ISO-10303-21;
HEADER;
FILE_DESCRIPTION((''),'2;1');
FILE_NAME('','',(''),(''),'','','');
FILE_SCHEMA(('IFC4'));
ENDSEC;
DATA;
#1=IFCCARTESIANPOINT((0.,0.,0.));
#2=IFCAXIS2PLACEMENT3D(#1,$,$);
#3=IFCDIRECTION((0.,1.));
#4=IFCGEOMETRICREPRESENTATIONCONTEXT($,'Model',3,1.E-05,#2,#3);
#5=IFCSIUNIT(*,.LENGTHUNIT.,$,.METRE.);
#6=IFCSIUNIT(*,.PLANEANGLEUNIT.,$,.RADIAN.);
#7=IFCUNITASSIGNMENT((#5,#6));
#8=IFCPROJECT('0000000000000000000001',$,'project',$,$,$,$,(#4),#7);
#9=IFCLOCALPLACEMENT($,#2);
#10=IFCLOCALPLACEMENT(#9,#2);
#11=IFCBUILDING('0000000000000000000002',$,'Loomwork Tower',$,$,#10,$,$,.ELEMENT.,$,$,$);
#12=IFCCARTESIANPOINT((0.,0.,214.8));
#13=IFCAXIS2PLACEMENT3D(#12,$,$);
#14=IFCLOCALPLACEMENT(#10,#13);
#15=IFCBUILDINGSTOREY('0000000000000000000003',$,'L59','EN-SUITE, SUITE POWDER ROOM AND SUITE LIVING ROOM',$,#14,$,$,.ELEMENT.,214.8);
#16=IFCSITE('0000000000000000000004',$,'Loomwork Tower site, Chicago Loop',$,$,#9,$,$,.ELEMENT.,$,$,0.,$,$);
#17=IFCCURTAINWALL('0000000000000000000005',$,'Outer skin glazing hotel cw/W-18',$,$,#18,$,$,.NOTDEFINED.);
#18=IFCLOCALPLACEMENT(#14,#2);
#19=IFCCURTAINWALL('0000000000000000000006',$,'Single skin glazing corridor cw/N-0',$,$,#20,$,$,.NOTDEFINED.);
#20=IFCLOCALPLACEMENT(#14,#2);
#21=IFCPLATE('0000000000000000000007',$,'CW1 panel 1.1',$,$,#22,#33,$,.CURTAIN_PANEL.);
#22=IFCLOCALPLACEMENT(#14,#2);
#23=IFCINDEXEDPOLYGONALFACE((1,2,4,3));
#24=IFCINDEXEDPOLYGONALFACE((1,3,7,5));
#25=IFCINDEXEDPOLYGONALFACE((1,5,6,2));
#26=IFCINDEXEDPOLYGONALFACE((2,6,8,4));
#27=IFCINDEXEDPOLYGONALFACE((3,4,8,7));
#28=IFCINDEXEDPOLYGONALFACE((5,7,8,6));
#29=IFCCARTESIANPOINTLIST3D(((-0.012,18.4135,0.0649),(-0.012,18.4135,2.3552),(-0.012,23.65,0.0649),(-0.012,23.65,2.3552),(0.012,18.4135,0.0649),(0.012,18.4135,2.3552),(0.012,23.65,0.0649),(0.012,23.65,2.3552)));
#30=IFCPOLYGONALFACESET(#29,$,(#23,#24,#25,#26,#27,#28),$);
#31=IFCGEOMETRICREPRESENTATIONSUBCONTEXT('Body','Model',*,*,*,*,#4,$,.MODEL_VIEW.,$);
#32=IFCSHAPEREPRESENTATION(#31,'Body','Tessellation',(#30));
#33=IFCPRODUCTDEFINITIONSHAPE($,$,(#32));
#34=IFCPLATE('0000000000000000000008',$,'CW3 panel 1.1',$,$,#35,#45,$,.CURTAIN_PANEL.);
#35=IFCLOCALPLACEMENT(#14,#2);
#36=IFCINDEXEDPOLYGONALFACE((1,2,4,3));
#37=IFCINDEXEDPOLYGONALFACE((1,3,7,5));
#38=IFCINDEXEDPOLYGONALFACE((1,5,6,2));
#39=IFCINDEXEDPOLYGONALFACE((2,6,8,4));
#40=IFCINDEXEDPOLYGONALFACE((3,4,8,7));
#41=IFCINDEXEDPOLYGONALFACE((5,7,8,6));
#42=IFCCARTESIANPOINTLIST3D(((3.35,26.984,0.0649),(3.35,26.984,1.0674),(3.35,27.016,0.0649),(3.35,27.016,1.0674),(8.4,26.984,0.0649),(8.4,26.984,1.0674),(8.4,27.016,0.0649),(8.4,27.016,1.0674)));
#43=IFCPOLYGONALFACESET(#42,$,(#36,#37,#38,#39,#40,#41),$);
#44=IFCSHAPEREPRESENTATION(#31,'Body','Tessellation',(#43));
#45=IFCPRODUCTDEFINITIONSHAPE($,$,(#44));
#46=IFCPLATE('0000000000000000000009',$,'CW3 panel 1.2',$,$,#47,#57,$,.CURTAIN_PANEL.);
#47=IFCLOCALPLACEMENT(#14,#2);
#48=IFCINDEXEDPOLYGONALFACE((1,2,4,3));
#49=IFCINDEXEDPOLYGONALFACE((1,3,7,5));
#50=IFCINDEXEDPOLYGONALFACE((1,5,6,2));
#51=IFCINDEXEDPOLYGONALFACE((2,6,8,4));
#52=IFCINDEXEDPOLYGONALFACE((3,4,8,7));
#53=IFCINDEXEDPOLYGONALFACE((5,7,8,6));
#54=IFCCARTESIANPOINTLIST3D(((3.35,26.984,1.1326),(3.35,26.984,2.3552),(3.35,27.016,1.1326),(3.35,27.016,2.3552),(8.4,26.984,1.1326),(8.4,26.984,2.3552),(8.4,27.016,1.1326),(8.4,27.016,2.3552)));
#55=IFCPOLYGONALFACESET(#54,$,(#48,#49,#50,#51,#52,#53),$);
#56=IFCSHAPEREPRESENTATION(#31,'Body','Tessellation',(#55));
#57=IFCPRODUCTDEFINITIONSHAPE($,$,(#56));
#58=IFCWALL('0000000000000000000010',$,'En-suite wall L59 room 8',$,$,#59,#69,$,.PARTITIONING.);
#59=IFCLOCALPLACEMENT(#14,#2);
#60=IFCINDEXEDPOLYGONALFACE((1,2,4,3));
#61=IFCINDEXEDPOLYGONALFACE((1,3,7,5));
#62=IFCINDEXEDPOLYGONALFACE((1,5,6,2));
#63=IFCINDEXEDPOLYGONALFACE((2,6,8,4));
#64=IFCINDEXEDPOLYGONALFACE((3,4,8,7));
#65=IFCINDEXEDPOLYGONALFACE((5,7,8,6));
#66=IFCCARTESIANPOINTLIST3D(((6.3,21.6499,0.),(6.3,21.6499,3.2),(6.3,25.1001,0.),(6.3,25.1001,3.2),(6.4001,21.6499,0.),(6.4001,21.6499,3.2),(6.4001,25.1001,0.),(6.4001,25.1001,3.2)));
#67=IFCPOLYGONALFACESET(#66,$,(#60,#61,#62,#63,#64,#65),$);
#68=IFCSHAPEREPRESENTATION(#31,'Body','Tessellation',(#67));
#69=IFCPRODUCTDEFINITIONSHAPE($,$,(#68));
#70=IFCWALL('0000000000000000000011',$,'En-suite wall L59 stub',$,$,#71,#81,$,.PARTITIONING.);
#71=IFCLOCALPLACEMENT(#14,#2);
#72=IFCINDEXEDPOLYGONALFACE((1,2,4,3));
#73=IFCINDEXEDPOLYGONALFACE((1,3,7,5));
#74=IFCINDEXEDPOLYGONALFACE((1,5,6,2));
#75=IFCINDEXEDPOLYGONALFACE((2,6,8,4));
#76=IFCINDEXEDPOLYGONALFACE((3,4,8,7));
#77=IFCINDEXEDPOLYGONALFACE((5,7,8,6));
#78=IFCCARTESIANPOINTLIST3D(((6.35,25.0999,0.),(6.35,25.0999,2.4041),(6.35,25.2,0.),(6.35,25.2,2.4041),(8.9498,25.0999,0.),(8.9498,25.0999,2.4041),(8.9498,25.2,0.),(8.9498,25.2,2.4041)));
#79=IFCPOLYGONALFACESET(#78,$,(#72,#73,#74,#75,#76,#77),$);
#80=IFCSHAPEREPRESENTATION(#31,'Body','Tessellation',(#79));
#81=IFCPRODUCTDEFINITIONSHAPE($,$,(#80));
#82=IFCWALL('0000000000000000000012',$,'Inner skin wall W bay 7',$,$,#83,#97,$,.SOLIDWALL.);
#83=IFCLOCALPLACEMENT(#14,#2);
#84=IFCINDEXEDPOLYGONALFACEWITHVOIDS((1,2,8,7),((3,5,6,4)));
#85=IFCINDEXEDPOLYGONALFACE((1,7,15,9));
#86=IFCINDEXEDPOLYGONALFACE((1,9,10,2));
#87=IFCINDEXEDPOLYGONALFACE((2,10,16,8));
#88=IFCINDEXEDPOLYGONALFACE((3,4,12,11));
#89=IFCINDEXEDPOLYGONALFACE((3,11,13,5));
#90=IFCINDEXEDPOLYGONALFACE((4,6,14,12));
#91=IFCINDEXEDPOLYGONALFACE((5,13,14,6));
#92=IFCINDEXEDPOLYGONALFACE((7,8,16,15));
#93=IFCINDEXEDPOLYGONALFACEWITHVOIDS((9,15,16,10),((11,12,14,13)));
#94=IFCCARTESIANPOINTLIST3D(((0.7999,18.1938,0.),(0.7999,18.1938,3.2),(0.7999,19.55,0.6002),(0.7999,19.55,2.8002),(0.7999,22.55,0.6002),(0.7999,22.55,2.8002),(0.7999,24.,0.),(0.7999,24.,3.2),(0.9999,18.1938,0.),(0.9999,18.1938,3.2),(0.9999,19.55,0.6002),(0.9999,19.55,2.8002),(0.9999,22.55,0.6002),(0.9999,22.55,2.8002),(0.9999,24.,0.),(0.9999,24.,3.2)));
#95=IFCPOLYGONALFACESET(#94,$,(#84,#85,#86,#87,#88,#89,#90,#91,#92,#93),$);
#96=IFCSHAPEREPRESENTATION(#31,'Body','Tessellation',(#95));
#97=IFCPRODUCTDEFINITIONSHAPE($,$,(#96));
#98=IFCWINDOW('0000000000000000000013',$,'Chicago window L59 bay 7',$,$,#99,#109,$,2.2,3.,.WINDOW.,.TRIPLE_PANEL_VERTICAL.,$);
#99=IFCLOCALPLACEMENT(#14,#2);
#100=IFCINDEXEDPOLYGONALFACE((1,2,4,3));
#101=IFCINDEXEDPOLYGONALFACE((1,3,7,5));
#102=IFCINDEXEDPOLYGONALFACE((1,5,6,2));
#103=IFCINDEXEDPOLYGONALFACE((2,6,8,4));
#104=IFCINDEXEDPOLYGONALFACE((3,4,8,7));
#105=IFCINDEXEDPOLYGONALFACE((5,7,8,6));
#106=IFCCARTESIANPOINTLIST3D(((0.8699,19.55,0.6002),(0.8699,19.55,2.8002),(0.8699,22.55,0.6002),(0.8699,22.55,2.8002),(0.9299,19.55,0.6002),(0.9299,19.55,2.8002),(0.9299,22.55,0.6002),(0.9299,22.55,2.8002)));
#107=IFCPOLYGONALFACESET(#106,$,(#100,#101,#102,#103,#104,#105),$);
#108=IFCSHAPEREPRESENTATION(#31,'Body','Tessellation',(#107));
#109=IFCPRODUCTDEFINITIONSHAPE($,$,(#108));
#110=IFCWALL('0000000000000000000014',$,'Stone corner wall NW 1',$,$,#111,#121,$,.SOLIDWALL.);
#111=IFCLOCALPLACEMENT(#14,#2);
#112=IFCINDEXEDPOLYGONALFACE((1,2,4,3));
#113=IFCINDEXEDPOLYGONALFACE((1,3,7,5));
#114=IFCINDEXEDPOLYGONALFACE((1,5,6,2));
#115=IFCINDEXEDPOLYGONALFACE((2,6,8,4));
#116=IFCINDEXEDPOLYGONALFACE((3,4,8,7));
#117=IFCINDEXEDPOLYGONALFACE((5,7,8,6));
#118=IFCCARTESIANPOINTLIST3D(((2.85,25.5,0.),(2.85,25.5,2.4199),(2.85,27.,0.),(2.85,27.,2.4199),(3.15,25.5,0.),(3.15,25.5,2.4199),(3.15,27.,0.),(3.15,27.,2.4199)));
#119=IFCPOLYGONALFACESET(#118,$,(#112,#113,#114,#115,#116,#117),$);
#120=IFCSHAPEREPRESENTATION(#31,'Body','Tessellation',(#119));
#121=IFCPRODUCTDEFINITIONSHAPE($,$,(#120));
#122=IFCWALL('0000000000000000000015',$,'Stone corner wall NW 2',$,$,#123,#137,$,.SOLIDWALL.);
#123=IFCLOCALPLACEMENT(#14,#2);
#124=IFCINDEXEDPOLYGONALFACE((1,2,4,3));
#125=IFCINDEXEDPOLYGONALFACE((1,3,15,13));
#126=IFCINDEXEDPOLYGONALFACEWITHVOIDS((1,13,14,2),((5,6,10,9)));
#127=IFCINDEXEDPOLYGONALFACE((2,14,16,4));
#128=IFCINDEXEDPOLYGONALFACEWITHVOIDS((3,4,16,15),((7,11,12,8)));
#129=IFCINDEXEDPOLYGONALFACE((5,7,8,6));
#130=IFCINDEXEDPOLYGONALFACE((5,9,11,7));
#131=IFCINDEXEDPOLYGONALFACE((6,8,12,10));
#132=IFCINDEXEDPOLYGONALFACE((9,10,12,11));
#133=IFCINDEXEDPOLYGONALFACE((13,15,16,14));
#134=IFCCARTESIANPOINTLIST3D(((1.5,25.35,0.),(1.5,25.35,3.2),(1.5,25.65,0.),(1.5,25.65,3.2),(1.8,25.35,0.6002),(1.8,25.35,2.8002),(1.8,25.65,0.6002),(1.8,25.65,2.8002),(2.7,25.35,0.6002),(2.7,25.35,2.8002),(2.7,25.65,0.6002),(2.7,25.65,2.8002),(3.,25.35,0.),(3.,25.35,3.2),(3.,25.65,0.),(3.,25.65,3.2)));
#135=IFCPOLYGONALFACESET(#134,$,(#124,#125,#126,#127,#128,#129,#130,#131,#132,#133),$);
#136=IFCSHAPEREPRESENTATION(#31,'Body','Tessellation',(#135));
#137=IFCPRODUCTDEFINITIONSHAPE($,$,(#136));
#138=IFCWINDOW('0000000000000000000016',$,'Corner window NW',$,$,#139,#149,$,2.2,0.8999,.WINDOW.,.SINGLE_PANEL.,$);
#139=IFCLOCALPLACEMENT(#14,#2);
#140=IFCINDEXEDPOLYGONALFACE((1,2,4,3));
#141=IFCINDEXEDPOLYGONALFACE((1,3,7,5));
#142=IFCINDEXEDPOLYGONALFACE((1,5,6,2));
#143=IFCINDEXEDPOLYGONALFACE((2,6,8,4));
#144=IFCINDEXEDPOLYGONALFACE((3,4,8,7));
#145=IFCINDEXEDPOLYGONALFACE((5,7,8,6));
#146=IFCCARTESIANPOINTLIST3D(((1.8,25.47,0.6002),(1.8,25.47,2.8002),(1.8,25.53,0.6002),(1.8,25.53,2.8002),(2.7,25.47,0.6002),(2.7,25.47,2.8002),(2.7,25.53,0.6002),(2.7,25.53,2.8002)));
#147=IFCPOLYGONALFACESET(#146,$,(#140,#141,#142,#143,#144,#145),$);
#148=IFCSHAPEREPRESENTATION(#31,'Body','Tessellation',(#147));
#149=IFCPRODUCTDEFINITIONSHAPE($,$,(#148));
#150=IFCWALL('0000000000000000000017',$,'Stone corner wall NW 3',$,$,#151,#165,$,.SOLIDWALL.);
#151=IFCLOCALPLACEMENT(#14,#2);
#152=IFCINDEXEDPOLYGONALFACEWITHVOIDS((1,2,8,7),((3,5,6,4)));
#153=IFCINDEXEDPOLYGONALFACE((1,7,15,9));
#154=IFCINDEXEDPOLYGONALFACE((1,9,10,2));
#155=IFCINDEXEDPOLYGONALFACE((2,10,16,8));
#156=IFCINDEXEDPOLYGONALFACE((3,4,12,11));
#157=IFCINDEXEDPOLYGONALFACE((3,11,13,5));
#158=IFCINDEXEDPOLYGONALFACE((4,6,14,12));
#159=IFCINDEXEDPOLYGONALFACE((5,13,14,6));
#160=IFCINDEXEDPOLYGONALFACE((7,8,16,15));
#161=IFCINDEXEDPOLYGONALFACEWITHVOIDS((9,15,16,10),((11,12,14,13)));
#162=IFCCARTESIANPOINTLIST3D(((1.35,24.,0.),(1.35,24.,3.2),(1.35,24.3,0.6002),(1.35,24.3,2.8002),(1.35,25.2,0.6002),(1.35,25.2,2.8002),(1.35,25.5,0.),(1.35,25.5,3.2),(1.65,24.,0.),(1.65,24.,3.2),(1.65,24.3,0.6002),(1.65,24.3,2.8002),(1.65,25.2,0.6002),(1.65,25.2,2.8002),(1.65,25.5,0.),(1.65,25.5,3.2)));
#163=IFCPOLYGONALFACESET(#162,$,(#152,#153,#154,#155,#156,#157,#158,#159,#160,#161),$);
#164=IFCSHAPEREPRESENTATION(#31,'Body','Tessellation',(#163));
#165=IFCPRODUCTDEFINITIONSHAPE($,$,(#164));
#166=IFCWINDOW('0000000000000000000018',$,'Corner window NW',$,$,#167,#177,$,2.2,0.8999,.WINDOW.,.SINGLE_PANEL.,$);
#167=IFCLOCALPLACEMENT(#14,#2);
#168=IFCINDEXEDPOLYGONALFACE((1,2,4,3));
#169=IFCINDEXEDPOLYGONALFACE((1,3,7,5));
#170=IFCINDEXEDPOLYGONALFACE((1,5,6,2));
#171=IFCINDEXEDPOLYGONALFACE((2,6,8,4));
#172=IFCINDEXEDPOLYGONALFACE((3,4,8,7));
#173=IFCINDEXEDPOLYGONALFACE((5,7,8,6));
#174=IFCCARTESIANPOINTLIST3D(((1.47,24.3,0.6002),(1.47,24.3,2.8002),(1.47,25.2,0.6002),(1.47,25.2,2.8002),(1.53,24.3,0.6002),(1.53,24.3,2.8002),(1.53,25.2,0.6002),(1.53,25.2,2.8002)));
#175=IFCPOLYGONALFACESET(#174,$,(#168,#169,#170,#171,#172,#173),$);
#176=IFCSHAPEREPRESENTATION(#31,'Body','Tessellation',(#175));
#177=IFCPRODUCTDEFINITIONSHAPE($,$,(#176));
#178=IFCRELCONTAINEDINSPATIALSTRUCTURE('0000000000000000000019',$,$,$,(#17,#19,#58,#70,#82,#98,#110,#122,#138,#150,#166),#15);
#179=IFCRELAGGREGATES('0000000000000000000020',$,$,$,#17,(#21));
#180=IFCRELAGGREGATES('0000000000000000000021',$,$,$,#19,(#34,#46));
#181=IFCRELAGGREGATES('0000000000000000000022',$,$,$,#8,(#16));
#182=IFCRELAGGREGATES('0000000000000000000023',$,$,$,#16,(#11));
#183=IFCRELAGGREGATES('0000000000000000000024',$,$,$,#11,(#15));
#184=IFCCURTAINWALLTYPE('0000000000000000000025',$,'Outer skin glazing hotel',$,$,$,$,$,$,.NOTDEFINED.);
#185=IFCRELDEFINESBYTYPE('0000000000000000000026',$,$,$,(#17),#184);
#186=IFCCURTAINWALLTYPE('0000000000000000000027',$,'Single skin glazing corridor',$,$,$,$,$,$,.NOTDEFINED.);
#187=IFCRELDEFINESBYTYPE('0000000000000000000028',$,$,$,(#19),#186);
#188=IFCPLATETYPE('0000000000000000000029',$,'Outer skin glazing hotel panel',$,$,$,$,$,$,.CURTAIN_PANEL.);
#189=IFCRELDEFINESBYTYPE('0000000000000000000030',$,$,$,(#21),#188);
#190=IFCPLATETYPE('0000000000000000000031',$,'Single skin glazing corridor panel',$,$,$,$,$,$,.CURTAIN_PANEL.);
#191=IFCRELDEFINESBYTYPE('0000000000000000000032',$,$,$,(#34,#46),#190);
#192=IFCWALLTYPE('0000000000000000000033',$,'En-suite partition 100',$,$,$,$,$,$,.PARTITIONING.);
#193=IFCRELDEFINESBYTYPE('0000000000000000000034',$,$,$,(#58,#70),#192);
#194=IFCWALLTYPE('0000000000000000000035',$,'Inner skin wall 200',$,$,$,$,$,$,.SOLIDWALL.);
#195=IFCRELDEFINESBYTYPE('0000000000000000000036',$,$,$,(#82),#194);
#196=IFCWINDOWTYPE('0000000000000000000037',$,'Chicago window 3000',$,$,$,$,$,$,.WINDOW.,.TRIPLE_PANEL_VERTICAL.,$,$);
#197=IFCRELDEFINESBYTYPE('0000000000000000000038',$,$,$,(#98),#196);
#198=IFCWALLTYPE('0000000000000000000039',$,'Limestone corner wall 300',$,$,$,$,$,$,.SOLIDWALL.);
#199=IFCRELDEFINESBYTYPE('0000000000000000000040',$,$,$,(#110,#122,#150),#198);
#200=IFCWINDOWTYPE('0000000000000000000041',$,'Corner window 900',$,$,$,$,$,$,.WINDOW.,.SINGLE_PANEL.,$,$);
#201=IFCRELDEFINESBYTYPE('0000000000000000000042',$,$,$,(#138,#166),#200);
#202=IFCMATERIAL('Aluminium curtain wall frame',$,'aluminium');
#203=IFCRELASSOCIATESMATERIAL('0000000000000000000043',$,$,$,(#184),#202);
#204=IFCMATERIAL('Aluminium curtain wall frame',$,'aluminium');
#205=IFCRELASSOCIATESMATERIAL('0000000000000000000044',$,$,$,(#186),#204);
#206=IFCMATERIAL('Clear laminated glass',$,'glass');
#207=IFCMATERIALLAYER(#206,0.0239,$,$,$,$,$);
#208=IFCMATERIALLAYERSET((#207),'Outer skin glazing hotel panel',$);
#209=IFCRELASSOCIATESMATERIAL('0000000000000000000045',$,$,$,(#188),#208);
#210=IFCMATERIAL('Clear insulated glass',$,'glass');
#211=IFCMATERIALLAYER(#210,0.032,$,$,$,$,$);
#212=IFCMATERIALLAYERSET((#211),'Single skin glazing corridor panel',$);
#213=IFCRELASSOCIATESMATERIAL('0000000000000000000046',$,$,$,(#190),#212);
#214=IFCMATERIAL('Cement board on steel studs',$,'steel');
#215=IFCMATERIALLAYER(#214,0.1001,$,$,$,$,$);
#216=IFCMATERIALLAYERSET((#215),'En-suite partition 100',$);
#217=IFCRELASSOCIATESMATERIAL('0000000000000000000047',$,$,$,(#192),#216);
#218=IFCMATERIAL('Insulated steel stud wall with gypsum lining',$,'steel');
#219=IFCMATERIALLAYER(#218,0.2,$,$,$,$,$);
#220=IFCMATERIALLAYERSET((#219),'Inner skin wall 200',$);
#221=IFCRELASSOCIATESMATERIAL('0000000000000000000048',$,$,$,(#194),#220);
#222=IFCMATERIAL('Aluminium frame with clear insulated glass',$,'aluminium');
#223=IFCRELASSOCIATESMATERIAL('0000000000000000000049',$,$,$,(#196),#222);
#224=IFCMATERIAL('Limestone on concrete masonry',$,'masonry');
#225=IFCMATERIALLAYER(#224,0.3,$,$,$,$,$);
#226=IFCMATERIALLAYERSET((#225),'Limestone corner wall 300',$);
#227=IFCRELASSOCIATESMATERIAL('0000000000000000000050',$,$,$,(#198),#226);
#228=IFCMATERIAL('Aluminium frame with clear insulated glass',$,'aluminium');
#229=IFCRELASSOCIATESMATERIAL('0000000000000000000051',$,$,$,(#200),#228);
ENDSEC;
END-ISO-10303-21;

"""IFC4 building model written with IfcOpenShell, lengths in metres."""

from ifc_helpers import new_model, si_unit, direction, frame, frame_2d, origin, origin_2d, place, context, subcontext, project, spatial, rectangle, extrude, material, layer, layer_set, type_object, element, fill, aggregate, save


model = new_model("IFC4")

# Units and contexts
model_context = context("Model", 3, precision=1e-05, world=origin(), true_north=direction((0.0, 1.0)))
body_context = subcontext(model_context, "Body", "Model", "MODEL_VIEW")
ifc_project = project(units=[si_unit("LENGTHUNIT", "METRE"), si_unit("PLANEANGLEUNIT", "RADIAN")], contexts=[model_context])

# Site, building, storey
site_placement = place(None, origin())
site = spatial("IfcSite", under=ifc_project, at=site_placement, Name="Loomwork Tower site, Chicago Loop", CompositionType="ELEMENT", RefElevation=0.0)
building_placement = place(site_placement, origin())
building = spatial("IfcBuilding", under=site, at=building_placement, Name="Loomwork Tower", CompositionType="ELEMENT")
storey_placement = place(building_placement, frame((0.0, 0.0, 214.8)))
storey = spatial("IfcBuildingStorey", under=building, at=storey_placement, Name="L59", Description="EN-SUITE, SUITE POWDER ROOM AND SUITE LIVING ROOM", CompositionType="ELEMENT", Elevation=214.8)

# Curtain wall
ifc_material_1 = material(Name="Aluminium curtain wall frame", Category="aluminium")
curtain_wall_type_1 = type_object("IfcCurtainWallType", Name="Outer skin glazing hotel", PredefinedType="NOTDEFINED", material=ifc_material_1)
curtain_wall_1_placement = place(storey_placement, origin())
curtain_wall_1 = element("IfcCurtainWall", 1, at=curtain_wall_1_placement, inside=storey, type_object=curtain_wall_type_1, Name="Outer skin glazing hotel cw/W-18", PredefinedType="NOTDEFINED")

# Curtain wall
ifc_material_2 = material(Name="Aluminium curtain wall frame", Category="aluminium")
curtain_wall_type_2 = type_object("IfcCurtainWallType", Name="Single skin glazing corridor", PredefinedType="NOTDEFINED", material=ifc_material_2)
curtain_wall_2_placement = place(storey_placement, origin())
curtain_wall_2 = element("IfcCurtainWall", 2, at=curtain_wall_2_placement, inside=storey, type_object=curtain_wall_type_2, Name="Single skin glazing corridor cw/N-0", PredefinedType="NOTDEFINED")

# Plates
ifc_material_3 = material(Name="Clear laminated glass", Category="glass")
ifc_layer_1 = layer(ifc_material_3, 0.0239)
ifc_layer_set_1 = layer_set([ifc_layer_1], Name="Outer skin glazing hotel panel")
plate_type_1 = type_object("IfcPlateType", Name="Outer skin glazing hotel panel", PredefinedType="CURTAIN_PANEL", material=ifc_layer_set_1)
plate_1_placement = place(storey_placement, frame((0.0, 21.0317, 0.0649), z_axis=(0.0, 0.0, 1.0), x_axis=(0.0, -1.0, 0.0)))
plate_1 = element("IfcPlate", 3, at=plate_1_placement, type_object=plate_type_1, Name="CW1 panel 1.1", PredefinedType="CURTAIN_PANEL", context=body_context, shape_type="SweptSolid", body=[
    extrude(rectangle(XDim=5.2366, YDim=0.0239, at=origin_2d()), origin(), (0.0, 0.0, 1.0), 2.2903),
])
aggregate(curtain_wall_1, [plate_1])
ifc_material_4 = material(Name="Clear insulated glass", Category="glass")
ifc_layer_2 = layer(ifc_material_4, 0.032)
ifc_layer_set_2 = layer_set([ifc_layer_2], Name="Single skin glazing corridor panel")
plate_type_2 = type_object("IfcPlateType", Name="Single skin glazing corridor panel", PredefinedType="CURTAIN_PANEL", material=ifc_layer_set_2)
plate_2_placement = place(storey_placement, frame((5.875, 27.0, 0.0649), z_axis=(0.0, 0.0, 1.0), x_axis=(-1.0, 0.0, 0.0)))
plate_2 = element("IfcPlate", 4, at=plate_2_placement, type_object=plate_type_2, Name="CW3 panel 1.1", PredefinedType="CURTAIN_PANEL", context=body_context, shape_type="SweptSolid", body=[
    extrude(rectangle(XDim=5.05, YDim=0.032, at=origin_2d()), origin(), (0.0, 0.0, 1.0), 1.0024),
])
plate_3_placement = place(storey_placement, frame((5.875, 27.0, 1.1326), z_axis=(0.0, 0.0, 1.0), x_axis=(-1.0, 0.0, 0.0)))
plate_3 = element("IfcPlate", 5, at=plate_3_placement, type_object=plate_type_2, Name="CW3 panel 1.2", PredefinedType="CURTAIN_PANEL", context=body_context, shape_type="SweptSolid", body=[
    extrude(rectangle(XDim=5.05, YDim=0.032, at=origin_2d()), origin(), (0.0, 0.0, 1.0), 1.2227),
])
aggregate(curtain_wall_2, [plate_2, plate_3])

# Walls
ifc_material_5 = material(Name="Cement board on steel studs", Category="steel")
ifc_layer_3 = layer(ifc_material_5, 0.1001)
ifc_layer_set_3 = layer_set([ifc_layer_3], Name="En-suite partition 100")
wall_type_1 = type_object("IfcWallType", Name="En-suite partition 100", PredefinedType="PARTITIONING", material=ifc_layer_set_3)
wall_1_placement = place(storey_placement, frame((6.3501, 21.6499, 0.0), z_axis=(0.0, 0.0, 1.0), x_axis=(0.0, 1.0, 0.0)))
element("IfcWall", 6, at=wall_1_placement, inside=storey, type_object=wall_type_1, Name="En-suite wall L59 room 8", PredefinedType="PARTITIONING", context=body_context, shape_type="SweptSolid", body=[
    extrude(rectangle(XDim=3.4502, YDim=0.1001, at=frame_2d((1.7251, 0.0))), origin(), (0.0, 0.0, 1.0), 3.2),
])
wall_2_placement = place(storey_placement, frame((6.3501, 25.1499, 0.0), z_axis=(0.0, 0.0, 1.0), x_axis=(1.0, 0.0, 0.0)))
element("IfcWall", 7, at=wall_2_placement, inside=storey, type_object=wall_type_1, Name="En-suite wall L59 stub", PredefinedType="PARTITIONING", context=body_context, shape_type="SweptSolid", body=[
    extrude(rectangle(XDim=2.5999, YDim=0.1001, at=frame_2d((1.2998, 0.0))), origin(), (0.0, 0.0, 1.0), 2.4041),
])

# Wall, opening, window
ifc_material_6 = material(Name="Insulated steel stud wall with gypsum lining", Category="steel")
ifc_layer_4 = layer(ifc_material_6, 0.2)
ifc_layer_set_4 = layer_set([ifc_layer_4], Name="Inner skin wall 200")
wall_type_2 = type_object("IfcWallType", Name="Inner skin wall 200", PredefinedType="SOLIDWALL", material=ifc_layer_set_4)
wall_3_placement = place(storey_placement, frame((0.8999, 18.1938, 0.0), z_axis=(0.0, 0.0, 1.0), x_axis=(0.0, 1.0, 0.0)))
wall_3 = element("IfcWall", 8, at=wall_3_placement, inside=storey, type_object=wall_type_2, Name="Inner skin wall W bay 7", PredefinedType="SOLIDWALL", context=body_context, shape_type="SweptSolid", body=[
    extrude(rectangle(XDim=5.8062, YDim=0.2, at=frame_2d((2.9031, 0.0))), origin(), (0.0, 0.0, 1.0), 3.2),
])
opening_1_placement = place(wall_3_placement, frame((1.3562, 0.0, 0.6001)))
opening_1 = element("IfcOpeningElement", 9, at=opening_1_placement, cuts=wall_3, PredefinedType="OPENING", context=body_context, shape_type="SweptSolid", body=[
    extrude(rectangle(XDim=3.0, YDim=2.2, at=frame_2d((1.5, 1.1001))), frame((0.0, 0.1099, 0.0), z_axis=(0.0, -1.0, 0.0), x_axis=(1.0, 0.0, 0.0)), (0.0, 0.0, 1.0), 0.22),
])
ifc_material_7 = material(Name="Aluminium frame with clear insulated glass", Category="aluminium")
window_type_1 = type_object("IfcWindowType", Name="Chicago window 3000", PartitioningType="TRIPLE_PANEL_VERTICAL", PredefinedType="WINDOW", material=ifc_material_7)
window_1_placement = place(opening_1_placement, origin())
window_1 = element("IfcWindow", 10, at=window_1_placement, inside=storey, type_object=window_type_1, Name="Chicago window L59 bay 7", OverallHeight=2.2, OverallWidth=3.0, PartitioningType="TRIPLE_PANEL_VERTICAL", PredefinedType="WINDOW", context=body_context, shape_type="SweptSolid", body=[
    extrude(rectangle(XDim=3.0, YDim=2.2, at=frame_2d((1.5, 1.1001))), frame((0.0, 0.03, 0.0), z_axis=(0.0, -1.0, 0.0), x_axis=(1.0, 0.0, 0.0)), (0.0, 0.0, 1.0), 0.0601),
])
fill(opening_1, window_1)

# Wall
ifc_material_8 = material(Name="Limestone on concrete masonry", Category="masonry")
ifc_layer_5 = layer(ifc_material_8, 0.3)
ifc_layer_set_5 = layer_set([ifc_layer_5], Name="Limestone corner wall 300")
wall_type_3 = type_object("IfcWallType", Name="Limestone corner wall 300", PredefinedType="SOLIDWALL", material=ifc_layer_set_5)
wall_4_placement = place(storey_placement, frame((3.0, 27.0, 0.0), z_axis=(0.0, 0.0, 1.0), x_axis=(0.0, -1.0, 0.0)))
element("IfcWall", 11, at=wall_4_placement, inside=storey, type_object=wall_type_3, Name="Stone corner wall NW 1", PredefinedType="SOLIDWALL", context=body_context, shape_type="SweptSolid", body=[
    extrude(rectangle(XDim=1.5, YDim=0.3, at=frame_2d((0.75, 0.0))), origin(), (0.0, 0.0, 1.0), 2.4199),
])

# Walls, openings, windows
wall_5_placement = place(storey_placement, frame((3.0, 25.5, 0.0), z_axis=(0.0, 0.0, 1.0), x_axis=(-1.0, 0.0, 0.0)))
wall_5 = element("IfcWall", 12, at=wall_5_placement, inside=storey, type_object=wall_type_3, Name="Stone corner wall NW 2", PredefinedType="SOLIDWALL", context=body_context, shape_type="SweptSolid", body=[
    extrude(rectangle(XDim=1.5, YDim=0.3, at=frame_2d((0.75, 0.0))), origin(), (0.0, 0.0, 1.0), 3.2),
])
opening_2_placement = place(wall_5_placement, frame((0.3, 0.0, 0.6001)))
opening_2 = element("IfcOpeningElement", 13, at=opening_2_placement, cuts=wall_5, PredefinedType="OPENING", context=body_context, shape_type="SweptSolid", body=[
    extrude(rectangle(XDim=0.8999, YDim=2.2, at=frame_2d((0.45, 1.1001))), frame((0.0, 0.1599, 0.0), z_axis=(0.0, -1.0, 0.0), x_axis=(1.0, 0.0, 0.0)), (0.0, 0.0, 1.0), 0.3201),
])
ifc_material_9 = material(Name="Aluminium frame with clear insulated glass", Category="aluminium")
window_type_2 = type_object("IfcWindowType", Name="Corner window 900", PartitioningType="SINGLE_PANEL", PredefinedType="WINDOW", material=ifc_material_9)
window_2_placement = place(opening_2_placement, origin())
window_2 = element("IfcWindow", 14, at=window_2_placement, inside=storey, type_object=window_type_2, Name="Corner window NW", OverallHeight=2.2, OverallWidth=0.8999, PartitioningType="SINGLE_PANEL", PredefinedType="WINDOW", context=body_context, shape_type="SweptSolid", body=[
    extrude(rectangle(XDim=0.8999, YDim=2.2, at=frame_2d((0.45, 1.1001))), frame((0.0, 0.03, 0.0), z_axis=(0.0, -1.0, 0.0), x_axis=(1.0, 0.0, 0.0)), (0.0, 0.0, 1.0), 0.0601),
])
fill(opening_2, window_2)
wall_6_placement = place(storey_placement, frame((1.5, 25.5, 0.0), z_axis=(0.0, 0.0, 1.0), x_axis=(0.0, -1.0, 0.0)))
wall_6 = element("IfcWall", 15, at=wall_6_placement, inside=storey, type_object=wall_type_3, Name="Stone corner wall NW 3", PredefinedType="SOLIDWALL", context=body_context, shape_type="SweptSolid", body=[
    extrude(rectangle(XDim=1.5, YDim=0.3, at=frame_2d((0.75, 0.0))), origin(), (0.0, 0.0, 1.0), 3.2),
])
opening_3_placement = place(wall_6_placement, frame((0.3, 0.0, 0.6001)))
opening_3 = element("IfcOpeningElement", 16, at=opening_3_placement, cuts=wall_6, PredefinedType="OPENING", context=body_context, shape_type="SweptSolid", body=[
    extrude(rectangle(XDim=0.8999, YDim=2.2, at=frame_2d((0.45, 1.1001))), frame((0.0, 0.1599, 0.0), z_axis=(0.0, -1.0, 0.0), x_axis=(1.0, 0.0, 0.0)), (0.0, 0.0, 1.0), 0.3201),
])
window_3_placement = place(opening_3_placement, origin())
window_3 = element("IfcWindow", 17, at=window_3_placement, inside=storey, type_object=window_type_2, Name="Corner window NW", OverallHeight=2.2, OverallWidth=0.8999, PartitioningType="SINGLE_PANEL", PredefinedType="WINDOW", context=body_context, shape_type="SweptSolid", body=[
    extrude(rectangle(XDim=0.8999, YDim=2.2, at=frame_2d((0.45, 1.1001))), frame((0.0, 0.03, 0.0), z_axis=(0.0, -1.0, 0.0), x_axis=(1.0, 0.0, 0.0)), (0.0, 0.0, 1.0), 0.0601),
])
fill(opening_3, window_3)

save(model, "model.ifc")
